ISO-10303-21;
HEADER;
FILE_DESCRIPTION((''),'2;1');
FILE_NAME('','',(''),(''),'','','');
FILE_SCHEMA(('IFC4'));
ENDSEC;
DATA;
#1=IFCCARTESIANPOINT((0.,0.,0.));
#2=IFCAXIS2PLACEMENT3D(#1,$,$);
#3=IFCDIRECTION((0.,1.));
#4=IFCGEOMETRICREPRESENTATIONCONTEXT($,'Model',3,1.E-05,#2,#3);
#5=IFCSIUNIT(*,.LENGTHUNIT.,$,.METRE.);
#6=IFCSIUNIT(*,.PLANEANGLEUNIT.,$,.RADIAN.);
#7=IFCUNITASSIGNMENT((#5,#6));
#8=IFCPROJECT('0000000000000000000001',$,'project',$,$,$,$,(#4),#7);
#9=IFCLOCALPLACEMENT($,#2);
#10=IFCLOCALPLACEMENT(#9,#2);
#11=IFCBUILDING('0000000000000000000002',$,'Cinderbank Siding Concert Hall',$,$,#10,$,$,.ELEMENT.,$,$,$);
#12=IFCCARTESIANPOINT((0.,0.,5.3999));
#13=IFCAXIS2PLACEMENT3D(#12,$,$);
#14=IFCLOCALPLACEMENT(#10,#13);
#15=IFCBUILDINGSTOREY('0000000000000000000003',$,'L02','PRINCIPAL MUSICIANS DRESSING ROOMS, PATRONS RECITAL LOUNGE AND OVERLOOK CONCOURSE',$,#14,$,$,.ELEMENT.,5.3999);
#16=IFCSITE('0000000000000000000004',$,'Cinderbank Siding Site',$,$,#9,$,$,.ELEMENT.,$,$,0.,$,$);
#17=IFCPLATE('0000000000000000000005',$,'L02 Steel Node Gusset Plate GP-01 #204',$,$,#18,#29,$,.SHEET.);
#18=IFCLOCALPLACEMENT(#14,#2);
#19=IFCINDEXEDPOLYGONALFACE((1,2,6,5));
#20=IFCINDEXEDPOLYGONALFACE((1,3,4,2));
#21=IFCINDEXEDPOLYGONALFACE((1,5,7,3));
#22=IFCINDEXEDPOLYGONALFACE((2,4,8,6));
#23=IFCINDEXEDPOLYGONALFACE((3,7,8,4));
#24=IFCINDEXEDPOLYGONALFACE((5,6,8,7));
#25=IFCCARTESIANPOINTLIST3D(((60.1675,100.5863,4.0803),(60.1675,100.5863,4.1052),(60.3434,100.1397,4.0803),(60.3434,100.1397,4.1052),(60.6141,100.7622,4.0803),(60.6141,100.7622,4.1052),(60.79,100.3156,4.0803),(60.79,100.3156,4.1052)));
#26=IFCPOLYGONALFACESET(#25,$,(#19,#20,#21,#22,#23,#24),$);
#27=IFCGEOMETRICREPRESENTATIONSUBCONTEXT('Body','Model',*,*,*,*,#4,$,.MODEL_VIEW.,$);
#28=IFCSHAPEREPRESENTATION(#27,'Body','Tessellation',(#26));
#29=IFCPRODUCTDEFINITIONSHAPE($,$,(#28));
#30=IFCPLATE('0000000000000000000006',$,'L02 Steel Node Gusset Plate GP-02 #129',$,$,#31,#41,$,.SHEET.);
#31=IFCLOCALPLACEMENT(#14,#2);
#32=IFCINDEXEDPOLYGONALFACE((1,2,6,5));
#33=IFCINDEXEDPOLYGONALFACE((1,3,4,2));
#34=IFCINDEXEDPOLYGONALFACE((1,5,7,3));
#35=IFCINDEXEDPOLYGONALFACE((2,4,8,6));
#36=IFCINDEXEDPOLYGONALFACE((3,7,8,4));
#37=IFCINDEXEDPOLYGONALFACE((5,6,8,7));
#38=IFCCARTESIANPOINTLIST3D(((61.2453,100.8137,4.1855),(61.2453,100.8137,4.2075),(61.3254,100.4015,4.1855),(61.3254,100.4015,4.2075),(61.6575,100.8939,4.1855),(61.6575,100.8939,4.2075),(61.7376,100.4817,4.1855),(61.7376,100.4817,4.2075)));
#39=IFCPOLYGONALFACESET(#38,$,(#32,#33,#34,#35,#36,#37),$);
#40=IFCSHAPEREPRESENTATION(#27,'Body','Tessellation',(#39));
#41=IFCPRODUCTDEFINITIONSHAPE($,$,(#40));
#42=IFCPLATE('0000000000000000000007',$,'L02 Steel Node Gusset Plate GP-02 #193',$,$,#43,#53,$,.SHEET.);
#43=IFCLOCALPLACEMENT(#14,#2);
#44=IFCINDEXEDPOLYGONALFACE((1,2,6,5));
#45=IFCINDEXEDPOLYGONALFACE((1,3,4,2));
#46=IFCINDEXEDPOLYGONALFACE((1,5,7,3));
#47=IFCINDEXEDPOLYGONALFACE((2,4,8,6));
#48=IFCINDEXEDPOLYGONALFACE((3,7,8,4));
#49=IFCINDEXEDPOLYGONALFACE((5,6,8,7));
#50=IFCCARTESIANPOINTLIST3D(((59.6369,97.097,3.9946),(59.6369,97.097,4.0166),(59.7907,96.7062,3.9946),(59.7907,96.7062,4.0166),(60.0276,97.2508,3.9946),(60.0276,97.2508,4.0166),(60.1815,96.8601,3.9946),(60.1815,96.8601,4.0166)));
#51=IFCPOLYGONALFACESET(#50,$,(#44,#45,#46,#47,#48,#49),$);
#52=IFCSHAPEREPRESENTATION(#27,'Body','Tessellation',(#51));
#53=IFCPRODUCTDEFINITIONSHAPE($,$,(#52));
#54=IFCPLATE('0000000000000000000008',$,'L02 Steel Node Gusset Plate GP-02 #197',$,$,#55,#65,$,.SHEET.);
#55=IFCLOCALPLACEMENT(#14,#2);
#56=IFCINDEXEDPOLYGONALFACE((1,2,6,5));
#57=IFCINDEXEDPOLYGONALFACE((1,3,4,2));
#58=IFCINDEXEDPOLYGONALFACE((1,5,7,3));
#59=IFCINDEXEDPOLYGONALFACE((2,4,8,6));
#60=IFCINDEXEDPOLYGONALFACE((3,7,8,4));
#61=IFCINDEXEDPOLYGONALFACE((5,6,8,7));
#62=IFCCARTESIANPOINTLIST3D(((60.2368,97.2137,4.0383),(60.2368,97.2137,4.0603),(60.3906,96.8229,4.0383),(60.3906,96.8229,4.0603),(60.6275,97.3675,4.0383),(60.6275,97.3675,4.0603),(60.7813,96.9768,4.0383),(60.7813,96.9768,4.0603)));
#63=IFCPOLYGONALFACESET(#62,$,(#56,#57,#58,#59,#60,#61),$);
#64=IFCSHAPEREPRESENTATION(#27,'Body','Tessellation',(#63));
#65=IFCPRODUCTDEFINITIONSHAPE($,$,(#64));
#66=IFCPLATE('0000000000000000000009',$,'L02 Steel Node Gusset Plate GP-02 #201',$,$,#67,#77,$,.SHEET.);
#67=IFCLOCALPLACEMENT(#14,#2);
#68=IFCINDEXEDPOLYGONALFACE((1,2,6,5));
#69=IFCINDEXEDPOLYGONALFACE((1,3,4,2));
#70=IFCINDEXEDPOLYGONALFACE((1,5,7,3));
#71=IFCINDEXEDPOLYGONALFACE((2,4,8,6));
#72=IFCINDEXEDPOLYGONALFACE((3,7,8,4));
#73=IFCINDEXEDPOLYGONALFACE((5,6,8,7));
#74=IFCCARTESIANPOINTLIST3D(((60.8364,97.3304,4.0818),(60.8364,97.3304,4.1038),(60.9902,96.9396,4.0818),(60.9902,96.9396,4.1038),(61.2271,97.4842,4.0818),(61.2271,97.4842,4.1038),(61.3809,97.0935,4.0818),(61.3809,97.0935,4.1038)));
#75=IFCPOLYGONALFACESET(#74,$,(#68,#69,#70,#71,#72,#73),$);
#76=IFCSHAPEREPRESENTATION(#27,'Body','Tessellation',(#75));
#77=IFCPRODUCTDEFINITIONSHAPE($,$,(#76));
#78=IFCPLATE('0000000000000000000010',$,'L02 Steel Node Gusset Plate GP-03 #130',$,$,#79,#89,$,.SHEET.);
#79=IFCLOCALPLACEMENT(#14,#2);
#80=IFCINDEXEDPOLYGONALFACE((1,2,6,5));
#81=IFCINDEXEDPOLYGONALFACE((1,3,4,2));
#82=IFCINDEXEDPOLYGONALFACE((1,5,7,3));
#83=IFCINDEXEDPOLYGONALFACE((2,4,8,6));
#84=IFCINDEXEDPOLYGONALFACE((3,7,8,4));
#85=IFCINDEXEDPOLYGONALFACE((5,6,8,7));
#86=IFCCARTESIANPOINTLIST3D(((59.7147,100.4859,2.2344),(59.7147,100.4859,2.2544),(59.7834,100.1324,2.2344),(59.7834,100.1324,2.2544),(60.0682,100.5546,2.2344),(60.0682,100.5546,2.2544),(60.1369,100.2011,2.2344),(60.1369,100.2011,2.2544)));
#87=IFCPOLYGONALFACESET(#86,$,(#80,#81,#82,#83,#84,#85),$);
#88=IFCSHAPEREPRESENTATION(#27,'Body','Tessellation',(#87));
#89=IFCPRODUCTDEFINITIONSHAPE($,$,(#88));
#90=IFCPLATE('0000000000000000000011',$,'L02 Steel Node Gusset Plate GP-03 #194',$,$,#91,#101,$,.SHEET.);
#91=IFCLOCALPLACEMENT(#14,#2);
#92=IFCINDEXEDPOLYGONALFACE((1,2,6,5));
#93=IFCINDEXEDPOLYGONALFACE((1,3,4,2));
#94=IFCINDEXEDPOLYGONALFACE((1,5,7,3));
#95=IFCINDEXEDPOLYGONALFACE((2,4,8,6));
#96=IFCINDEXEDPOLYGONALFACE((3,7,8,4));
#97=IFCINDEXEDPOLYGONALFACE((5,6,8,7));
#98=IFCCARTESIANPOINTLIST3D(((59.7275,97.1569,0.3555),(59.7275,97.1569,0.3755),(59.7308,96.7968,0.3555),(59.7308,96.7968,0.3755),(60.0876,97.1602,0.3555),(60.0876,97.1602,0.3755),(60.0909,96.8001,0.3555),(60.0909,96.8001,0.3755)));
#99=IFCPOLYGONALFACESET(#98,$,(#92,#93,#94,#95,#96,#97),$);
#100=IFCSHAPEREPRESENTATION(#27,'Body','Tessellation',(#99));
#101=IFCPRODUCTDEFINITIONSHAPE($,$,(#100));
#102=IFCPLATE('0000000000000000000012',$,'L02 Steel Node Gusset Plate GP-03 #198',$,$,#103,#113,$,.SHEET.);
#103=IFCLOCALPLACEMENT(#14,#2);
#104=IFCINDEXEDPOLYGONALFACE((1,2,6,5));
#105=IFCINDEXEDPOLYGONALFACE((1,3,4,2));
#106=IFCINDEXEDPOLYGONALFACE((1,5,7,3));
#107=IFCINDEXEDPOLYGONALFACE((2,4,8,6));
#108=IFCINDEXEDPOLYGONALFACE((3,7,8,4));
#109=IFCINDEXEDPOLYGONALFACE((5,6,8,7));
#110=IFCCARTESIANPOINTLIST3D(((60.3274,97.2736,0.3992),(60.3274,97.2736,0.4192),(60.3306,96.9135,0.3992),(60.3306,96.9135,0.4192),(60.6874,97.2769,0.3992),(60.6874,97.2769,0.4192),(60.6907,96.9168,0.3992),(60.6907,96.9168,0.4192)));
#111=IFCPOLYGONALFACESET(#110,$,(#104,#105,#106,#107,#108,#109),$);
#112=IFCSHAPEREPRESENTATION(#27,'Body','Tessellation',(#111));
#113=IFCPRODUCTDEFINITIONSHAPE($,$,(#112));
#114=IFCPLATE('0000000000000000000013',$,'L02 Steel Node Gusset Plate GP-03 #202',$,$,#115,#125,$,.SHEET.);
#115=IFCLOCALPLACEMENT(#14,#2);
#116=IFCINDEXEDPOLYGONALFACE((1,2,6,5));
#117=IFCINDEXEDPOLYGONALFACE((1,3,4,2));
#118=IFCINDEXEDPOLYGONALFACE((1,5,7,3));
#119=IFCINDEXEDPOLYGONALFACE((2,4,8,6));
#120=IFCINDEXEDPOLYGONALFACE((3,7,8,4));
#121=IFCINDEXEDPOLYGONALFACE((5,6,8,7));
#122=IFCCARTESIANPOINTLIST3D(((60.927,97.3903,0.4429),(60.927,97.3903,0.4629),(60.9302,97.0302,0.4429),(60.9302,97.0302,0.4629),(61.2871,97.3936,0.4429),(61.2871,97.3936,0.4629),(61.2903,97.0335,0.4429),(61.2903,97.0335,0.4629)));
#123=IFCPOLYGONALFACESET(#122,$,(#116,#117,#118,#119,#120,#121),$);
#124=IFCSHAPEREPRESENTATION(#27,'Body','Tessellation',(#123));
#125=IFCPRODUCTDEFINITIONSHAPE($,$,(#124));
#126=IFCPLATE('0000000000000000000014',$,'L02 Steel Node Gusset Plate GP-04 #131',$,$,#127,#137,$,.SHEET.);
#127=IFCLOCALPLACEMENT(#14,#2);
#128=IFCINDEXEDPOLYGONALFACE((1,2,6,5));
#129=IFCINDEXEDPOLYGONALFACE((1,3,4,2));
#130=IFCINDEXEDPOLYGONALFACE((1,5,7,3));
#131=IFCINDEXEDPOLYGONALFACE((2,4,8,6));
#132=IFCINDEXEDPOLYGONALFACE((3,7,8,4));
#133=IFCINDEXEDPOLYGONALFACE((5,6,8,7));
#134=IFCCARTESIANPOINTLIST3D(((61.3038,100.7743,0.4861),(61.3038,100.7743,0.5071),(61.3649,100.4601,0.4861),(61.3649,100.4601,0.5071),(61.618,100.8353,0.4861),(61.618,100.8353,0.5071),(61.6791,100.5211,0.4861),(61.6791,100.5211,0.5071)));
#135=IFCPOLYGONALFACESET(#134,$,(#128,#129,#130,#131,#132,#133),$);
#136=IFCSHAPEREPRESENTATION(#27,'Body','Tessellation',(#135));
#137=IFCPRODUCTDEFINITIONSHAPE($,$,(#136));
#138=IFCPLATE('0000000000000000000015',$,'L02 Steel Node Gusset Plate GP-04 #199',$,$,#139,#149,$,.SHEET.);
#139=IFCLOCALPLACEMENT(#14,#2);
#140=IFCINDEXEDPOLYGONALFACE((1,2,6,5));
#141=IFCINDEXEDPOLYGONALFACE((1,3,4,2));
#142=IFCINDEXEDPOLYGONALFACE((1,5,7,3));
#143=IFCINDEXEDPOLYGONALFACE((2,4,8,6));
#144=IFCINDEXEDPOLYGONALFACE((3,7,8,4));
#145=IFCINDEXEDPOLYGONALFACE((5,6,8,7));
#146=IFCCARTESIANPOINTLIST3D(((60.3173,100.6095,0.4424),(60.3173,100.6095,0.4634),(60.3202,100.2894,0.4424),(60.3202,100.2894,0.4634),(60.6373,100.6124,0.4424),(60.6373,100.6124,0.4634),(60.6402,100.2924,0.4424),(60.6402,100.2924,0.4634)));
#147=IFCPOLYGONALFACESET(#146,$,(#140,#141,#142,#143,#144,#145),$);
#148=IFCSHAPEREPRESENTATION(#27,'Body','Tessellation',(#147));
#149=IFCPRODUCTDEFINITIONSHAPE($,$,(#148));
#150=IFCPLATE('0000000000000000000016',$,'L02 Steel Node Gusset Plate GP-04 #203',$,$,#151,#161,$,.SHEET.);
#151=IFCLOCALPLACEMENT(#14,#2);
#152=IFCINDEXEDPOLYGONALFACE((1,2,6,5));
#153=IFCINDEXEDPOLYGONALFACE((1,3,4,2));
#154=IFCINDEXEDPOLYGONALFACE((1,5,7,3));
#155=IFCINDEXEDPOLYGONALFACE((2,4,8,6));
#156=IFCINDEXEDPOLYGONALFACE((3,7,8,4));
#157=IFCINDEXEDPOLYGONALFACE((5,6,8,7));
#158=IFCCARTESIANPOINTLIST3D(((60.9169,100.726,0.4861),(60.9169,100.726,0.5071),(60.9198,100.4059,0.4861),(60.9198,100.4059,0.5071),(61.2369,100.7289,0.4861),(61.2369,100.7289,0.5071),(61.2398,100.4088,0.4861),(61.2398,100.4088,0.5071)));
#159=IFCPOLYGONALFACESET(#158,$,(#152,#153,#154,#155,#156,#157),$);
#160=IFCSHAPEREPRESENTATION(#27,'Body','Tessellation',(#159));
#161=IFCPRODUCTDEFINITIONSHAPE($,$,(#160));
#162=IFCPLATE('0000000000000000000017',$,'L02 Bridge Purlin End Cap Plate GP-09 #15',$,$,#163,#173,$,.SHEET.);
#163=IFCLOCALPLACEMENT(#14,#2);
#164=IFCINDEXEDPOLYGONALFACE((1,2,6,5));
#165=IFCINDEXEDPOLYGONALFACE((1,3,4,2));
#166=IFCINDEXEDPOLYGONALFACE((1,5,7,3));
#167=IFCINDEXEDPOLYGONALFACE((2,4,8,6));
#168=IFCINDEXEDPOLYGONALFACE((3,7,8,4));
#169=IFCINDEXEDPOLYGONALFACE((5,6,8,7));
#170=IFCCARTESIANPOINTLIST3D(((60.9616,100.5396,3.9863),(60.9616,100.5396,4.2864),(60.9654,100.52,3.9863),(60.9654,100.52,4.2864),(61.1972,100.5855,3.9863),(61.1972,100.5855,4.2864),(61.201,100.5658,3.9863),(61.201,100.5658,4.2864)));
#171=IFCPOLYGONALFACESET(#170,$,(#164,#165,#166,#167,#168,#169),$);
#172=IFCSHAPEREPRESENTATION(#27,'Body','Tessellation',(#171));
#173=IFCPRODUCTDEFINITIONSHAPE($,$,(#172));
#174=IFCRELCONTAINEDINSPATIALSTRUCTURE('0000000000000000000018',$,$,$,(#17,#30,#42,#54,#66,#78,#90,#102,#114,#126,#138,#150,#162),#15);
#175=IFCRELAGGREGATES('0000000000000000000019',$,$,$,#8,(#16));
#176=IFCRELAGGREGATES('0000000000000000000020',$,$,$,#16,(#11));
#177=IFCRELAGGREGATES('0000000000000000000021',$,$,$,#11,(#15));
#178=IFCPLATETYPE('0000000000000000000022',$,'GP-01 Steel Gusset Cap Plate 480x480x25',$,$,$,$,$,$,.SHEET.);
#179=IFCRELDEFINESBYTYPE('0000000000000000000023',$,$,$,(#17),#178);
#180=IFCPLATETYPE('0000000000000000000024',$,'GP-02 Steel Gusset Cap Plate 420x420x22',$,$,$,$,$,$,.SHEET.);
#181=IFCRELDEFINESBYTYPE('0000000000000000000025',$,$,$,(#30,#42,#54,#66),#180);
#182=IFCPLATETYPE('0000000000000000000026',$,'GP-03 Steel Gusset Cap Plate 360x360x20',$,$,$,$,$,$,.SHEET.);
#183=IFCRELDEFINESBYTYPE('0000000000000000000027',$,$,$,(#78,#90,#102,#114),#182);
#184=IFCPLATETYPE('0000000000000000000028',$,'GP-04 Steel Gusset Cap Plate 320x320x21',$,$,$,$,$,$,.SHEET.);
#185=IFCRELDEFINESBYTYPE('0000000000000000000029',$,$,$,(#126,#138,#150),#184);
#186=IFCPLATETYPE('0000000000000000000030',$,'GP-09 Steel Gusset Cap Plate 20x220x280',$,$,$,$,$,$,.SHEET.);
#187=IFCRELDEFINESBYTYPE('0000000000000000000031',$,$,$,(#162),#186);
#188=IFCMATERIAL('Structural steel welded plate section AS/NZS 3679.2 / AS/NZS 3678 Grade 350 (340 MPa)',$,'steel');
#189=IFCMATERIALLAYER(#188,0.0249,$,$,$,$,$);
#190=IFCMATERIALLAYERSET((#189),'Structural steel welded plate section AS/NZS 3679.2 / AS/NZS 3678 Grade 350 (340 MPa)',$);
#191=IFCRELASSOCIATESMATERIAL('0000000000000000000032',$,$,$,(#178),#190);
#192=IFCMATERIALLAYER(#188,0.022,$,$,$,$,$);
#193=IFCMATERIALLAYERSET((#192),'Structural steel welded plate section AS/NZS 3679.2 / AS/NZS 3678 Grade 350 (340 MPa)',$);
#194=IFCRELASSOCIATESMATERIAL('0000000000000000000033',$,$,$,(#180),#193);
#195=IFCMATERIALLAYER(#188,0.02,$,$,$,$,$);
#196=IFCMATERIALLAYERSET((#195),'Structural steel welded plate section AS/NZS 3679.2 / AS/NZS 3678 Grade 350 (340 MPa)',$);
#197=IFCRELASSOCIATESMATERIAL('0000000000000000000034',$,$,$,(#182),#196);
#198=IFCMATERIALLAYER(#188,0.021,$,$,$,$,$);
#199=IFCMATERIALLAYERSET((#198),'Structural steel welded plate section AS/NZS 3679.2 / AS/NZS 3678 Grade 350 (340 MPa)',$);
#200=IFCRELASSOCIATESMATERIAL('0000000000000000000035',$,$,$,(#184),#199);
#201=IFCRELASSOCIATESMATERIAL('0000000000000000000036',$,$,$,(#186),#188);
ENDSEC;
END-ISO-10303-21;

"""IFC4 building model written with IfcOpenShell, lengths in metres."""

from ifc_helpers import new_model, si_unit, direction, frame, origin, origin_2d, place, context, subcontext, project, spatial, rectangle, extrude, material, layer, layer_set, type_object, element, save


model = new_model("IFC4")

# Units and contexts
model_context = context("Model", 3, precision=1e-05, world=origin(), true_north=direction((0.0, 1.0)))
body_context = subcontext(model_context, "Body", "Model", "MODEL_VIEW")
ifc_project = project(units=[si_unit("LENGTHUNIT", "METRE"), si_unit("PLANEANGLEUNIT", "RADIAN")], contexts=[model_context])

# Site, building, storey
site_placement = place(None, origin())
site = spatial("IfcSite", under=ifc_project, at=site_placement, Name="Cinderbank Siding Site", CompositionType="ELEMENT", RefElevation=0.0)
building_placement = place(site_placement, origin())
building = spatial("IfcBuilding", under=site, at=building_placement, Name="Cinderbank Siding Concert Hall", CompositionType="ELEMENT")
storey_placement = place(building_placement, frame((0.0, 0.0, 5.3999)))
storey = spatial("IfcBuildingStorey", under=building, at=storey_placement, Name="L02", Description="PRINCIPAL MUSICIANS DRESSING ROOMS, PATRONS RECITAL LOUNGE AND OVERLOOK CONCOURSE", CompositionType="ELEMENT", Elevation=5.3999)

# Plates
ifc_material_1 = material(Name="Structural steel welded plate section AS/NZS 3679.2 / AS/NZS 3678 Grade 350 (340 MPa)", Category="steel")
ifc_layer_1 = layer(ifc_material_1, 0.0249)
ifc_layer_set_1 = layer_set([ifc_layer_1], Name="Structural steel welded plate section AS/NZS 3679.2 / AS/NZS 3678 Grade 350 (340 MPa)")
plate_type_1 = type_object("IfcPlateType", Name="GP-01 Steel Gusset Cap Plate 480x480x25", PredefinedType="SHEET", material=ifc_layer_set_1)
for number, where, z_axis, x_axis, name in (
    (1, (60.4788, 100.4509, 4.0803), (0.0, 0.0, 1.0), (0.366501, -0.930418, 0.0), "L02 Steel Node Gusset Plate GP-01 #204"),
):
    element("IfcPlate", number, at=place(storey_placement, frame(where, z_axis=z_axis, x_axis=x_axis)), inside=storey, type_object=plate_type_1, Name=name, PredefinedType="SHEET", context=body_context, shape_type="SweptSolid", body=[
        extrude(rectangle(XDim=0.48, YDim=0.48, at=origin_2d()), origin(), (0.0, 0.0, 1.0), 0.0249),
    ])
ifc_layer_2 = layer(ifc_material_1, 0.022)
ifc_layer_set_2 = layer_set([ifc_layer_2], Name="Structural steel welded plate section AS/NZS 3679.2 / AS/NZS 3678 Grade 350 (340 MPa)")
plate_type_2 = type_object("IfcPlateType", Name="GP-02 Steel Gusset Cap Plate 420x420x22", PredefinedType="SHEET", material=ifc_layer_set_2)
for number, where, z_axis, x_axis, name in (
    (2, (61.4915, 100.6477, 4.1855), (0.0, 0.0, 1.0), (0.981627, 0.190809, 0.0), "L02 Steel Node Gusset Plate GP-02 #129"),
    (3, (59.9092, 96.9785, 3.9946), (0.0, 0.0, 1.0), (0.366339, -0.930482, 0.0), "L02 Steel Node Gusset Plate GP-02 #193"),
    (4, (60.509, 97.0952, 4.0383), (0.0, 0.0, 1.0), (0.366339, -0.930482, 0.0), "L02 Steel Node Gusset Plate GP-02 #197"),
    (5, (61.1086, 97.2119, 4.0818), (0.0, 0.0, 1.0), (0.366339, -0.930482, 0.0), "L02 Steel Node Gusset Plate GP-02 #201"),
):
    element("IfcPlate", number, at=place(storey_placement, frame(where, z_axis=z_axis, x_axis=x_axis)), inside=storey, type_object=plate_type_2, Name=name, PredefinedType="SHEET", context=body_context, shape_type="SweptSolid", body=[
        extrude(rectangle(XDim=0.4199, YDim=0.4199, at=origin_2d()), origin(), (0.0, 0.0, 1.0), 0.022),
    ])
ifc_layer_3 = layer(ifc_material_1, 0.02)
ifc_layer_set_3 = layer_set([ifc_layer_3], Name="Structural steel welded plate section AS/NZS 3679.2 / AS/NZS 3678 Grade 350 (340 MPa)")
plate_type_3 = type_object("IfcPlateType", Name="GP-03 Steel Gusset Cap Plate 360x360x20", PredefinedType="SHEET", material=ifc_layer_set_3)
for number, where, z_axis, x_axis, name in (
    (6, (59.9258, 100.3435, 2.2344), (0.0, 0.0, 1.0), (0.981627, 0.190809, 0.0), "L02 Steel Node Gusset Plate GP-03 #130"),
    (7, (59.9092, 96.9785, 0.3555), (0.0, 0.0, 1.0), (-0.009076, 0.999959, 0.0), "L02 Steel Node Gusset Plate GP-03 #194"),
    (8, (60.509, 97.0952, 0.3992), (0.0, 0.0, 1.0), (-0.009076, 0.999959, 0.0), "L02 Steel Node Gusset Plate GP-03 #198"),
    (9, (61.1086, 97.2119, 0.4429), (0.0, 0.0, 1.0), (-0.009076, 0.999959, 0.0), "L02 Steel Node Gusset Plate GP-03 #202"),
):
    element("IfcPlate", number, at=place(storey_placement, frame(where, z_axis=z_axis, x_axis=x_axis)), inside=storey, type_object=plate_type_3, Name=name, PredefinedType="SHEET", context=body_context, shape_type="SweptSolid", body=[
        extrude(rectangle(XDim=0.3601, YDim=0.3601, at=origin_2d()), origin(), (0.0, 0.0, 1.0), 0.02),
    ])
ifc_layer_4 = layer(ifc_material_1, 0.021)
ifc_layer_set_4 = layer_set([ifc_layer_4], Name="Structural steel welded plate section AS/NZS 3679.2 / AS/NZS 3678 Grade 350 (340 MPa)")
plate_type_4 = type_object("IfcPlateType", Name="GP-04 Steel Gusset Cap Plate 320x320x21", PredefinedType="SHEET", material=ifc_layer_set_4)
for number, where, z_axis, x_axis, name in (
    (10, (61.4915, 100.6477, 0.4861), (0.0, 0.0, 1.0), (0.981627, 0.190809, 0.0), "L02 Steel Node Gusset Plate GP-04 #131"),
    (11, (60.4788, 100.4509, 0.4424), (0.0, 0.0, 1.0), (-0.009076, 0.999959, 0.0), "L02 Steel Node Gusset Plate GP-04 #199"),
    (12, (61.0784, 100.5674, 0.4861), (0.0, 0.0, 1.0), (-0.009076, 0.999959, 0.0), "L02 Steel Node Gusset Plate GP-04 #203"),
):
    element("IfcPlate", number, at=place(storey_placement, frame(where, z_axis=z_axis, x_axis=x_axis)), inside=storey, type_object=plate_type_4, Name=name, PredefinedType="SHEET", context=body_context, shape_type="SweptSolid", body=[
        extrude(rectangle(XDim=0.3201, YDim=0.3201, at=origin_2d()), origin(), (0.0, 0.0, 1.0), 0.021),
    ])
plate_type_5 = type_object("IfcPlateType", Name="GP-09 Steel Gusset Cap Plate 20x220x280", PredefinedType="SHEET", material=ifc_material_1)
plate_1_placement = place(storey_placement, frame((61.0813, 100.5527, 3.9863), z_axis=(0.0, 0.0, 1.0), x_axis=(-0.19098, 0.981594, 0.0)))
element("IfcPlate", 13, at=plate_1_placement, inside=storey, type_object=plate_type_5, Name="L02 Bridge Purlin End Cap Plate GP-09 #15", PredefinedType="SHEET", context=body_context, shape_type="SweptSolid", body=[
    extrude(rectangle(XDim=0.02, YDim=0.24, at=origin_2d()), origin(), (0.0, 0.0, 1.0), 0.3),
])

save(model, "model.ifc")
